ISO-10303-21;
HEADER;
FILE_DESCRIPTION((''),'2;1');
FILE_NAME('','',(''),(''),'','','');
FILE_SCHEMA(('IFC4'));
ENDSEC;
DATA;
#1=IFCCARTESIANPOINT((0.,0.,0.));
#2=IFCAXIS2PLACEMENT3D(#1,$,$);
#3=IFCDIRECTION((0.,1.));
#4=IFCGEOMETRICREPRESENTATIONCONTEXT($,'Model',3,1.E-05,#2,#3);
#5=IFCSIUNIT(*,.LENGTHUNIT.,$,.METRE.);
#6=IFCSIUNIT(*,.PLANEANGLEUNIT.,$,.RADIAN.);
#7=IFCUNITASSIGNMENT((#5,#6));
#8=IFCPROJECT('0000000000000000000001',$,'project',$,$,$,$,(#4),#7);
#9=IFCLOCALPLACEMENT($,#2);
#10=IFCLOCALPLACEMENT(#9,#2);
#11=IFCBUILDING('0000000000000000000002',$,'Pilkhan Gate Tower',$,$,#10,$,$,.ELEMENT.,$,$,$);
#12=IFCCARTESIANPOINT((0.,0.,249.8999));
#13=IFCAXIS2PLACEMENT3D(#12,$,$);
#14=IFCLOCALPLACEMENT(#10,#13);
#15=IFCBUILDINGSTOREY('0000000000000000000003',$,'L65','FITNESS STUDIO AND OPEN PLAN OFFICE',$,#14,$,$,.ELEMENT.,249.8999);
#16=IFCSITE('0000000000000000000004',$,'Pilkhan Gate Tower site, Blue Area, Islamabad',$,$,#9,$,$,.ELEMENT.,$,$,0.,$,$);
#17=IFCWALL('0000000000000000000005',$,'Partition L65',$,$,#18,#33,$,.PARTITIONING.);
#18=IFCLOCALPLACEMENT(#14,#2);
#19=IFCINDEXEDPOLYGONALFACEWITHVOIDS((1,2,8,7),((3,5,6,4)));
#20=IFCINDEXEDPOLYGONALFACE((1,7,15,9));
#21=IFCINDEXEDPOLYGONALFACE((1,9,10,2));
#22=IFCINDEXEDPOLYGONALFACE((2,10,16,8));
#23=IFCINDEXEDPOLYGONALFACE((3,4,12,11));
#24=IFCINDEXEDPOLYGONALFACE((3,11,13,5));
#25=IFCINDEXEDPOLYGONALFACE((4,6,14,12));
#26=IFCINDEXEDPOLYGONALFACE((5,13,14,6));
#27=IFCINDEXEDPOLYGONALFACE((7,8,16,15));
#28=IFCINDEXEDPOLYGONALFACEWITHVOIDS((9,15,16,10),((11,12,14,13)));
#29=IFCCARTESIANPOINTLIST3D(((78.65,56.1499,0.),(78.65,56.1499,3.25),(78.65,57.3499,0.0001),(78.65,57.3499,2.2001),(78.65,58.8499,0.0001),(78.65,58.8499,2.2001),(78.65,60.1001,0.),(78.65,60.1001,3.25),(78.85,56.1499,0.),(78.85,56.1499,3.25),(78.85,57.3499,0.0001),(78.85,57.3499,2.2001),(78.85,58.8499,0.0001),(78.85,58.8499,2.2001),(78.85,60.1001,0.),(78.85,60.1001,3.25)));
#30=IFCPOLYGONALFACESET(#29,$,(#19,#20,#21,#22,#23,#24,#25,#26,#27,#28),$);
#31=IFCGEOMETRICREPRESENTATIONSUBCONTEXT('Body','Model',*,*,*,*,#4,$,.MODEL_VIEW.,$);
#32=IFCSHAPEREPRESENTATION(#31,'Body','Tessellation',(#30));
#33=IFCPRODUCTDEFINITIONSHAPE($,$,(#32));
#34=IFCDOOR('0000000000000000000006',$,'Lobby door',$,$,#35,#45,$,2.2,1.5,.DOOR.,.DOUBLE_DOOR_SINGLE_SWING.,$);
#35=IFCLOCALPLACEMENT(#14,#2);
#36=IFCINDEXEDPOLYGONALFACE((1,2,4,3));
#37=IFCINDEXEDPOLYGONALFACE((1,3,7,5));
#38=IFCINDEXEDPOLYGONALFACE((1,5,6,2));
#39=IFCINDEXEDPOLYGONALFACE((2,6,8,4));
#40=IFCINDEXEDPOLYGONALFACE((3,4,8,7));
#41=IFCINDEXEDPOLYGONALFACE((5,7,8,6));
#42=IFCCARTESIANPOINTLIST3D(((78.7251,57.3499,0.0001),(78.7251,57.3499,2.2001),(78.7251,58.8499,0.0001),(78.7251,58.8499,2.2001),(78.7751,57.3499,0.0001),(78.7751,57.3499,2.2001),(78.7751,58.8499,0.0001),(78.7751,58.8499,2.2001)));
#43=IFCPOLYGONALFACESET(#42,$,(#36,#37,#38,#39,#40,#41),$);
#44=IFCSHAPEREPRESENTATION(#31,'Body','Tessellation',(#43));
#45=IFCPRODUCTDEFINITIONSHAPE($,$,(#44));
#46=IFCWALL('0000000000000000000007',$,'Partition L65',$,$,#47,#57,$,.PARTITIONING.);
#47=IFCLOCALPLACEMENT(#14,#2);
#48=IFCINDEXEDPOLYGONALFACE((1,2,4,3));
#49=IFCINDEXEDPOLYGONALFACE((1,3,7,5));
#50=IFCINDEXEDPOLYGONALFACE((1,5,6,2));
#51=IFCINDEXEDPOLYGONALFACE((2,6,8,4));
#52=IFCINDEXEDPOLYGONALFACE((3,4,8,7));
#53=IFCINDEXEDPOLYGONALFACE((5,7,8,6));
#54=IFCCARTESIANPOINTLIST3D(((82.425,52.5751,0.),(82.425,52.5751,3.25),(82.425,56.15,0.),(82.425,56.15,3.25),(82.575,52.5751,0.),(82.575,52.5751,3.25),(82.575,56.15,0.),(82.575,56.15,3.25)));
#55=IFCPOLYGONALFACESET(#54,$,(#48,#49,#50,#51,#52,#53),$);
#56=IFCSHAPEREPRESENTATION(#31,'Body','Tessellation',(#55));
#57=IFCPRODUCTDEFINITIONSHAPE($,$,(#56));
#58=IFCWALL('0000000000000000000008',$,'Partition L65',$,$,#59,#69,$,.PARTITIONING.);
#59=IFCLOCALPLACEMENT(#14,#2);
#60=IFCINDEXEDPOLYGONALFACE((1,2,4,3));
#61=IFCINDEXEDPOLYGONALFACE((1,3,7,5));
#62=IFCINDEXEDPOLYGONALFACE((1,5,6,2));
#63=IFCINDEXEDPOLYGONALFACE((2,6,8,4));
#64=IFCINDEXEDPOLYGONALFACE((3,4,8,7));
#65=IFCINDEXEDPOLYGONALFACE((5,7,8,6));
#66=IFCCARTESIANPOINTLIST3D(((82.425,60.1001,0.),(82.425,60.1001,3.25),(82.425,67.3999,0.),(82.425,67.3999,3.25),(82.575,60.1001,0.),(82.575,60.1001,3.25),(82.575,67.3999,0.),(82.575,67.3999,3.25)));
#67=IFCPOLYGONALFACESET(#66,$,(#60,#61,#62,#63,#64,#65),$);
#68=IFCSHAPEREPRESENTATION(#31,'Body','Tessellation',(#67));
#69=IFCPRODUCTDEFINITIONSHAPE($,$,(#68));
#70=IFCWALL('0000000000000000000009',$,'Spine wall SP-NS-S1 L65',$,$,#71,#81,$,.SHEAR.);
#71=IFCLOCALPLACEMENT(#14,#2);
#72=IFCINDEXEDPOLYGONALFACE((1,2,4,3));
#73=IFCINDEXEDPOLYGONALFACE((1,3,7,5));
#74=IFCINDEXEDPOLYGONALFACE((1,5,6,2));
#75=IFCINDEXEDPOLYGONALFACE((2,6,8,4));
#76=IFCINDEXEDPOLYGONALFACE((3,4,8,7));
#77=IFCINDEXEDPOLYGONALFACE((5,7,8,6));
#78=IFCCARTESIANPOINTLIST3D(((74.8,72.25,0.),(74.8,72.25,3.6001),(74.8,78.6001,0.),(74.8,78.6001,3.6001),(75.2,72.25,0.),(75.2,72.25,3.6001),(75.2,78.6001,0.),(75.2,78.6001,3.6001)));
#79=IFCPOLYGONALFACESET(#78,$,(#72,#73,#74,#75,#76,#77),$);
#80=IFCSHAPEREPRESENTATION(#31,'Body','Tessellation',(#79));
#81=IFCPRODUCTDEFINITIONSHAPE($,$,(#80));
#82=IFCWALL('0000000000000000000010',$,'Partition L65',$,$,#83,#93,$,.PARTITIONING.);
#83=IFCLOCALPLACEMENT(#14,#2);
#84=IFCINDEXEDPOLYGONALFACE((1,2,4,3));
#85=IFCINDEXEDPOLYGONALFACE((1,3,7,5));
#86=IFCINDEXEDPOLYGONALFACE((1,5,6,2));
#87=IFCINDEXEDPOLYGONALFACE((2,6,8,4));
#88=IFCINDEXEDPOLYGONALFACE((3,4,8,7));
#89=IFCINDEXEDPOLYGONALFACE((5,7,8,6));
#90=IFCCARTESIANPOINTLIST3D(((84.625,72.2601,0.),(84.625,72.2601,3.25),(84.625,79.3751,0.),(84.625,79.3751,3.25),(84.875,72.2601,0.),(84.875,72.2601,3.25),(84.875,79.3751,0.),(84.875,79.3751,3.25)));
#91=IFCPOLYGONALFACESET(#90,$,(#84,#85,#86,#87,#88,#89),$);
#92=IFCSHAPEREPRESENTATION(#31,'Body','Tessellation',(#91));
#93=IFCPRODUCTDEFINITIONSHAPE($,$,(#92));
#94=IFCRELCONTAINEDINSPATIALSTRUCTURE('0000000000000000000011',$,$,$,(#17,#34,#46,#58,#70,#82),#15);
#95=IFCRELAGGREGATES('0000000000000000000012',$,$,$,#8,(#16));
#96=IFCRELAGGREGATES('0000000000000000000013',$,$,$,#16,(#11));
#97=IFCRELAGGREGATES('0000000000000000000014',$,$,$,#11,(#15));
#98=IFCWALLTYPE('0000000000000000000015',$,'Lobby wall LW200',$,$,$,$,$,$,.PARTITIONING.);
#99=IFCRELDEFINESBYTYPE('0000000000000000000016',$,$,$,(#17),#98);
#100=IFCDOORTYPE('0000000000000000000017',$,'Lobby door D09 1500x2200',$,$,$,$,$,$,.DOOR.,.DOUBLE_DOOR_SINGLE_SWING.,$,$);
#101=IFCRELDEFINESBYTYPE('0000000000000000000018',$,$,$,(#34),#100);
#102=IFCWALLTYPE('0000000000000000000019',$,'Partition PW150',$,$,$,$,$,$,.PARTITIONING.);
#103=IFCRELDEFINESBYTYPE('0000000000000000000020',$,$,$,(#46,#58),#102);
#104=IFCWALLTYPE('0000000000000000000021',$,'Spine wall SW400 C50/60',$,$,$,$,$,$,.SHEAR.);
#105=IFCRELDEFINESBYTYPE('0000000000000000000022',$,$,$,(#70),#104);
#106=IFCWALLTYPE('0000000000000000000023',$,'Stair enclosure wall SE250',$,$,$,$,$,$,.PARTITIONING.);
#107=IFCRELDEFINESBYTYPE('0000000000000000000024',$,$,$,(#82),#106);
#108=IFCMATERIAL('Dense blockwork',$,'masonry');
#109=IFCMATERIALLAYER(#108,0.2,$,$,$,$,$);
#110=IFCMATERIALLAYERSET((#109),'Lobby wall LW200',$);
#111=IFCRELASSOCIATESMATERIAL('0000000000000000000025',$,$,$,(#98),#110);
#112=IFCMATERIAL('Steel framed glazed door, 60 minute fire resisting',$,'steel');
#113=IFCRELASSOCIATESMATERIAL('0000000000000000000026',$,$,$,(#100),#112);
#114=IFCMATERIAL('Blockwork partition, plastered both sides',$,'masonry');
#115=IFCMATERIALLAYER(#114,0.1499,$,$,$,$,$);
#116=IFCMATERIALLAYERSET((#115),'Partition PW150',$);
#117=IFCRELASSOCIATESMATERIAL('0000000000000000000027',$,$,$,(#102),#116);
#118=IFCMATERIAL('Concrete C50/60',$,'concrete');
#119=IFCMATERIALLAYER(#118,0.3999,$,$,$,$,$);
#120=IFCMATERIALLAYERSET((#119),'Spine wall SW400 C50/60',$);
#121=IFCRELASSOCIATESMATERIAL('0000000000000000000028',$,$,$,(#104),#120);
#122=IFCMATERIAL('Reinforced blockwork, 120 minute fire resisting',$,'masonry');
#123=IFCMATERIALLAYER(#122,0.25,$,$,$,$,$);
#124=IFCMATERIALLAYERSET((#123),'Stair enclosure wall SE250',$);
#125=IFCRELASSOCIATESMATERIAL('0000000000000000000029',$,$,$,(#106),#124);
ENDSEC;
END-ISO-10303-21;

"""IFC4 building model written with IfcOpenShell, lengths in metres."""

from ifc_helpers import new_model, si_unit, direction, frame, frame_2d, origin, place, context, subcontext, project, spatial, rectangle, extrude, material, layer, layer_set, type_object, element, fill, save


model = new_model("IFC4")

# Units and contexts
model_context = context("Model", 3, precision=1e-05, world=origin(), true_north=direction((0.0, 1.0)))
body_context = subcontext(model_context, "Body", "Model", "MODEL_VIEW")
ifc_project = project(units=[si_unit("LENGTHUNIT", "METRE"), si_unit("PLANEANGLEUNIT", "RADIAN")], contexts=[model_context])

# Site, building, storey
site_placement = place(None, origin())
site = spatial("IfcSite", under=ifc_project, at=site_placement, Name="Pilkhan Gate Tower site, Blue Area, Islamabad", CompositionType="ELEMENT", RefElevation=0.0)
building_placement = place(site_placement, origin())
building = spatial("IfcBuilding", under=site, at=building_placement, Name="Pilkhan Gate Tower", CompositionType="ELEMENT")
storey_placement = place(building_placement, frame((0.0, 0.0, 249.8999)))
storey = spatial("IfcBuildingStorey", under=building, at=storey_placement, Name="L65", Description="FITNESS STUDIO AND OPEN PLAN OFFICE", CompositionType="ELEMENT", Elevation=249.8999)

# Shared definitions
ifc_material_1 = material(Name="Concrete C50/60", Category="concrete")

# Shared definitions
ifc_material_2 = material(Name="Dense blockwork", Category="masonry")

# Shared definitions
ifc_layer_1 = layer(ifc_material_2, 0.2)
ifc_layer_set_1 = layer_set([ifc_layer_1], Name="Lobby wall LW200")
wall_type_1 = type_object("IfcWallType", Name="Lobby wall LW200", PredefinedType="PARTITIONING", material=ifc_layer_set_1)

# Wall, opening, door
wall_1_placement = place(storey_placement, frame((78.75, 56.1499, 0.0), z_axis=(0.0, 0.0, 1.0), x_axis=(0.0, 1.0, 0.0)))
wall_1 = element("IfcWall", 1, at=wall_1_placement, inside=storey, type_object=wall_type_1, Name="Partition L65", PredefinedType="PARTITIONING", context=body_context, shape_type="SweptSolid", body=[
    extrude(rectangle(XDim=3.9502, YDim=0.2, at=frame_2d((1.9751, 0.0))), origin(), (0.0, 0.0, 1.0), 3.25),
])
opening_1_placement = place(wall_1_placement, frame((1.2, 0.0, 0.0)))
opening_1 = element("IfcOpeningElement", 2, at=opening_1_placement, cuts=wall_1, PredefinedType="OPENING", context=body_context, shape_type="SweptSolid", body=[
    extrude(rectangle(XDim=1.5, YDim=2.2, at=frame_2d((0.75, 1.1001))), frame((0.0, 0.1099, 0.0), z_axis=(0.0, -1.0, 0.0), x_axis=(1.0, 0.0, 0.0)), (0.0, 0.0, 1.0), 0.22),
])
ifc_material_3 = material(Name="Steel framed glazed door, 60 minute fire resisting", Category="steel")
door_type_1 = type_object("IfcDoorType", Name="Lobby door D09 1500x2200", OperationType="DOUBLE_DOOR_SINGLE_SWING", PredefinedType="DOOR", material=ifc_material_3)
door_1_placement = place(opening_1_placement, origin())
door_1 = element("IfcDoor", 3, at=door_1_placement, inside=storey, type_object=door_type_1, Name="Lobby door", OperationType="DOUBLE_DOOR_SINGLE_SWING", OverallHeight=2.2, OverallWidth=1.5, PredefinedType="DOOR", context=body_context, shape_type="SweptSolid", body=[
    extrude(rectangle(XDim=1.5, YDim=2.2, at=frame_2d((0.75, 1.1001))), frame((0.0, 0.0249, 0.0), z_axis=(0.0, -1.0, 0.0), x_axis=(1.0, 0.0, 0.0)), (0.0, 0.0, 1.0), 0.05),
])
fill(opening_1, door_1)

# Walls
ifc_material_4 = material(Name="Blockwork partition, plastered both sides", Category="masonry")
ifc_layer_2 = layer(ifc_material_4, 0.1499)
ifc_layer_set_2 = layer_set([ifc_layer_2], Name="Partition PW150")
wall_type_2 = type_object("IfcWallType", Name="Partition PW150", PredefinedType="PARTITIONING", material=ifc_layer_set_2)
wall_2_placement = place(storey_placement, frame((82.5, 52.575, 0.0), z_axis=(0.0, 0.0, 1.0), x_axis=(0.0, 1.0, 0.0)))
element("IfcWall", 4, at=wall_2_placement, inside=storey, type_object=wall_type_2, Name="Partition L65", PredefinedType="PARTITIONING", context=body_context, shape_type="SweptSolid", body=[
    extrude(rectangle(XDim=3.575, YDim=0.1499, at=frame_2d((1.7876, 0.0))), origin(), (0.0, 0.0, 1.0), 3.25),
])
wall_3_placement = place(storey_placement, frame((82.5, 60.1001, 0.0), z_axis=(0.0, 0.0, 1.0), x_axis=(0.0, 1.0, 0.0)))
element("IfcWall", 5, at=wall_3_placement, inside=storey, type_object=wall_type_2, Name="Partition L65", PredefinedType="PARTITIONING", context=body_context, shape_type="SweptSolid", body=[
    extrude(rectangle(XDim=7.2998, YDim=0.1499, at=frame_2d((3.6499, 0.0))), origin(), (0.0, 0.0, 1.0), 3.25),
])
ifc_layer_3 = layer(ifc_material_1, 0.3999)
ifc_layer_set_3 = layer_set([ifc_layer_3], Name="Spine wall SW400 C50/60")
wall_type_3 = type_object("IfcWallType", Name="Spine wall SW400 C50/60", PredefinedType="SHEAR", material=ifc_layer_set_3)
wall_4_placement = place(storey_placement, frame((75.0, 72.25, 0.0), z_axis=(0.0, 0.0, 1.0), x_axis=(0.0, 1.0, 0.0)))
element("IfcWall", 6, at=wall_4_placement, inside=storey, type_object=wall_type_3, Name="Spine wall SP-NS-S1 L65", PredefinedType="SHEAR", context=body_context, shape_type="SweptSolid", body=[
    extrude(rectangle(XDim=6.3501, YDim=0.3999, at=frame_2d((3.175, 0.0))), origin(), (0.0, 0.0, 1.0), 3.6001),
])
ifc_material_5 = material(Name="Reinforced blockwork, 120 minute fire resisting", Category="masonry")
ifc_layer_4 = layer(ifc_material_5, 0.25)
ifc_layer_set_4 = layer_set([ifc_layer_4], Name="Stair enclosure wall SE250")
wall_type_4 = type_object("IfcWallType", Name="Stair enclosure wall SE250", PredefinedType="PARTITIONING", material=ifc_layer_set_4)
wall_5_placement = place(storey_placement, frame((84.75, 72.26, 0.0), z_axis=(0.0, 0.0, 1.0), x_axis=(0.0, 1.0, 0.0)))
element("IfcWall", 7, at=wall_5_placement, inside=storey, type_object=wall_type_4, Name="Partition L65", PredefinedType="PARTITIONING", context=body_context, shape_type="SweptSolid", body=[
    extrude(rectangle(XDim=7.115, YDim=0.25, at=frame_2d((3.5576, 0.0))), origin(), (0.0, 0.0, 1.0), 3.25),
])

save(model, "model.ifc")
